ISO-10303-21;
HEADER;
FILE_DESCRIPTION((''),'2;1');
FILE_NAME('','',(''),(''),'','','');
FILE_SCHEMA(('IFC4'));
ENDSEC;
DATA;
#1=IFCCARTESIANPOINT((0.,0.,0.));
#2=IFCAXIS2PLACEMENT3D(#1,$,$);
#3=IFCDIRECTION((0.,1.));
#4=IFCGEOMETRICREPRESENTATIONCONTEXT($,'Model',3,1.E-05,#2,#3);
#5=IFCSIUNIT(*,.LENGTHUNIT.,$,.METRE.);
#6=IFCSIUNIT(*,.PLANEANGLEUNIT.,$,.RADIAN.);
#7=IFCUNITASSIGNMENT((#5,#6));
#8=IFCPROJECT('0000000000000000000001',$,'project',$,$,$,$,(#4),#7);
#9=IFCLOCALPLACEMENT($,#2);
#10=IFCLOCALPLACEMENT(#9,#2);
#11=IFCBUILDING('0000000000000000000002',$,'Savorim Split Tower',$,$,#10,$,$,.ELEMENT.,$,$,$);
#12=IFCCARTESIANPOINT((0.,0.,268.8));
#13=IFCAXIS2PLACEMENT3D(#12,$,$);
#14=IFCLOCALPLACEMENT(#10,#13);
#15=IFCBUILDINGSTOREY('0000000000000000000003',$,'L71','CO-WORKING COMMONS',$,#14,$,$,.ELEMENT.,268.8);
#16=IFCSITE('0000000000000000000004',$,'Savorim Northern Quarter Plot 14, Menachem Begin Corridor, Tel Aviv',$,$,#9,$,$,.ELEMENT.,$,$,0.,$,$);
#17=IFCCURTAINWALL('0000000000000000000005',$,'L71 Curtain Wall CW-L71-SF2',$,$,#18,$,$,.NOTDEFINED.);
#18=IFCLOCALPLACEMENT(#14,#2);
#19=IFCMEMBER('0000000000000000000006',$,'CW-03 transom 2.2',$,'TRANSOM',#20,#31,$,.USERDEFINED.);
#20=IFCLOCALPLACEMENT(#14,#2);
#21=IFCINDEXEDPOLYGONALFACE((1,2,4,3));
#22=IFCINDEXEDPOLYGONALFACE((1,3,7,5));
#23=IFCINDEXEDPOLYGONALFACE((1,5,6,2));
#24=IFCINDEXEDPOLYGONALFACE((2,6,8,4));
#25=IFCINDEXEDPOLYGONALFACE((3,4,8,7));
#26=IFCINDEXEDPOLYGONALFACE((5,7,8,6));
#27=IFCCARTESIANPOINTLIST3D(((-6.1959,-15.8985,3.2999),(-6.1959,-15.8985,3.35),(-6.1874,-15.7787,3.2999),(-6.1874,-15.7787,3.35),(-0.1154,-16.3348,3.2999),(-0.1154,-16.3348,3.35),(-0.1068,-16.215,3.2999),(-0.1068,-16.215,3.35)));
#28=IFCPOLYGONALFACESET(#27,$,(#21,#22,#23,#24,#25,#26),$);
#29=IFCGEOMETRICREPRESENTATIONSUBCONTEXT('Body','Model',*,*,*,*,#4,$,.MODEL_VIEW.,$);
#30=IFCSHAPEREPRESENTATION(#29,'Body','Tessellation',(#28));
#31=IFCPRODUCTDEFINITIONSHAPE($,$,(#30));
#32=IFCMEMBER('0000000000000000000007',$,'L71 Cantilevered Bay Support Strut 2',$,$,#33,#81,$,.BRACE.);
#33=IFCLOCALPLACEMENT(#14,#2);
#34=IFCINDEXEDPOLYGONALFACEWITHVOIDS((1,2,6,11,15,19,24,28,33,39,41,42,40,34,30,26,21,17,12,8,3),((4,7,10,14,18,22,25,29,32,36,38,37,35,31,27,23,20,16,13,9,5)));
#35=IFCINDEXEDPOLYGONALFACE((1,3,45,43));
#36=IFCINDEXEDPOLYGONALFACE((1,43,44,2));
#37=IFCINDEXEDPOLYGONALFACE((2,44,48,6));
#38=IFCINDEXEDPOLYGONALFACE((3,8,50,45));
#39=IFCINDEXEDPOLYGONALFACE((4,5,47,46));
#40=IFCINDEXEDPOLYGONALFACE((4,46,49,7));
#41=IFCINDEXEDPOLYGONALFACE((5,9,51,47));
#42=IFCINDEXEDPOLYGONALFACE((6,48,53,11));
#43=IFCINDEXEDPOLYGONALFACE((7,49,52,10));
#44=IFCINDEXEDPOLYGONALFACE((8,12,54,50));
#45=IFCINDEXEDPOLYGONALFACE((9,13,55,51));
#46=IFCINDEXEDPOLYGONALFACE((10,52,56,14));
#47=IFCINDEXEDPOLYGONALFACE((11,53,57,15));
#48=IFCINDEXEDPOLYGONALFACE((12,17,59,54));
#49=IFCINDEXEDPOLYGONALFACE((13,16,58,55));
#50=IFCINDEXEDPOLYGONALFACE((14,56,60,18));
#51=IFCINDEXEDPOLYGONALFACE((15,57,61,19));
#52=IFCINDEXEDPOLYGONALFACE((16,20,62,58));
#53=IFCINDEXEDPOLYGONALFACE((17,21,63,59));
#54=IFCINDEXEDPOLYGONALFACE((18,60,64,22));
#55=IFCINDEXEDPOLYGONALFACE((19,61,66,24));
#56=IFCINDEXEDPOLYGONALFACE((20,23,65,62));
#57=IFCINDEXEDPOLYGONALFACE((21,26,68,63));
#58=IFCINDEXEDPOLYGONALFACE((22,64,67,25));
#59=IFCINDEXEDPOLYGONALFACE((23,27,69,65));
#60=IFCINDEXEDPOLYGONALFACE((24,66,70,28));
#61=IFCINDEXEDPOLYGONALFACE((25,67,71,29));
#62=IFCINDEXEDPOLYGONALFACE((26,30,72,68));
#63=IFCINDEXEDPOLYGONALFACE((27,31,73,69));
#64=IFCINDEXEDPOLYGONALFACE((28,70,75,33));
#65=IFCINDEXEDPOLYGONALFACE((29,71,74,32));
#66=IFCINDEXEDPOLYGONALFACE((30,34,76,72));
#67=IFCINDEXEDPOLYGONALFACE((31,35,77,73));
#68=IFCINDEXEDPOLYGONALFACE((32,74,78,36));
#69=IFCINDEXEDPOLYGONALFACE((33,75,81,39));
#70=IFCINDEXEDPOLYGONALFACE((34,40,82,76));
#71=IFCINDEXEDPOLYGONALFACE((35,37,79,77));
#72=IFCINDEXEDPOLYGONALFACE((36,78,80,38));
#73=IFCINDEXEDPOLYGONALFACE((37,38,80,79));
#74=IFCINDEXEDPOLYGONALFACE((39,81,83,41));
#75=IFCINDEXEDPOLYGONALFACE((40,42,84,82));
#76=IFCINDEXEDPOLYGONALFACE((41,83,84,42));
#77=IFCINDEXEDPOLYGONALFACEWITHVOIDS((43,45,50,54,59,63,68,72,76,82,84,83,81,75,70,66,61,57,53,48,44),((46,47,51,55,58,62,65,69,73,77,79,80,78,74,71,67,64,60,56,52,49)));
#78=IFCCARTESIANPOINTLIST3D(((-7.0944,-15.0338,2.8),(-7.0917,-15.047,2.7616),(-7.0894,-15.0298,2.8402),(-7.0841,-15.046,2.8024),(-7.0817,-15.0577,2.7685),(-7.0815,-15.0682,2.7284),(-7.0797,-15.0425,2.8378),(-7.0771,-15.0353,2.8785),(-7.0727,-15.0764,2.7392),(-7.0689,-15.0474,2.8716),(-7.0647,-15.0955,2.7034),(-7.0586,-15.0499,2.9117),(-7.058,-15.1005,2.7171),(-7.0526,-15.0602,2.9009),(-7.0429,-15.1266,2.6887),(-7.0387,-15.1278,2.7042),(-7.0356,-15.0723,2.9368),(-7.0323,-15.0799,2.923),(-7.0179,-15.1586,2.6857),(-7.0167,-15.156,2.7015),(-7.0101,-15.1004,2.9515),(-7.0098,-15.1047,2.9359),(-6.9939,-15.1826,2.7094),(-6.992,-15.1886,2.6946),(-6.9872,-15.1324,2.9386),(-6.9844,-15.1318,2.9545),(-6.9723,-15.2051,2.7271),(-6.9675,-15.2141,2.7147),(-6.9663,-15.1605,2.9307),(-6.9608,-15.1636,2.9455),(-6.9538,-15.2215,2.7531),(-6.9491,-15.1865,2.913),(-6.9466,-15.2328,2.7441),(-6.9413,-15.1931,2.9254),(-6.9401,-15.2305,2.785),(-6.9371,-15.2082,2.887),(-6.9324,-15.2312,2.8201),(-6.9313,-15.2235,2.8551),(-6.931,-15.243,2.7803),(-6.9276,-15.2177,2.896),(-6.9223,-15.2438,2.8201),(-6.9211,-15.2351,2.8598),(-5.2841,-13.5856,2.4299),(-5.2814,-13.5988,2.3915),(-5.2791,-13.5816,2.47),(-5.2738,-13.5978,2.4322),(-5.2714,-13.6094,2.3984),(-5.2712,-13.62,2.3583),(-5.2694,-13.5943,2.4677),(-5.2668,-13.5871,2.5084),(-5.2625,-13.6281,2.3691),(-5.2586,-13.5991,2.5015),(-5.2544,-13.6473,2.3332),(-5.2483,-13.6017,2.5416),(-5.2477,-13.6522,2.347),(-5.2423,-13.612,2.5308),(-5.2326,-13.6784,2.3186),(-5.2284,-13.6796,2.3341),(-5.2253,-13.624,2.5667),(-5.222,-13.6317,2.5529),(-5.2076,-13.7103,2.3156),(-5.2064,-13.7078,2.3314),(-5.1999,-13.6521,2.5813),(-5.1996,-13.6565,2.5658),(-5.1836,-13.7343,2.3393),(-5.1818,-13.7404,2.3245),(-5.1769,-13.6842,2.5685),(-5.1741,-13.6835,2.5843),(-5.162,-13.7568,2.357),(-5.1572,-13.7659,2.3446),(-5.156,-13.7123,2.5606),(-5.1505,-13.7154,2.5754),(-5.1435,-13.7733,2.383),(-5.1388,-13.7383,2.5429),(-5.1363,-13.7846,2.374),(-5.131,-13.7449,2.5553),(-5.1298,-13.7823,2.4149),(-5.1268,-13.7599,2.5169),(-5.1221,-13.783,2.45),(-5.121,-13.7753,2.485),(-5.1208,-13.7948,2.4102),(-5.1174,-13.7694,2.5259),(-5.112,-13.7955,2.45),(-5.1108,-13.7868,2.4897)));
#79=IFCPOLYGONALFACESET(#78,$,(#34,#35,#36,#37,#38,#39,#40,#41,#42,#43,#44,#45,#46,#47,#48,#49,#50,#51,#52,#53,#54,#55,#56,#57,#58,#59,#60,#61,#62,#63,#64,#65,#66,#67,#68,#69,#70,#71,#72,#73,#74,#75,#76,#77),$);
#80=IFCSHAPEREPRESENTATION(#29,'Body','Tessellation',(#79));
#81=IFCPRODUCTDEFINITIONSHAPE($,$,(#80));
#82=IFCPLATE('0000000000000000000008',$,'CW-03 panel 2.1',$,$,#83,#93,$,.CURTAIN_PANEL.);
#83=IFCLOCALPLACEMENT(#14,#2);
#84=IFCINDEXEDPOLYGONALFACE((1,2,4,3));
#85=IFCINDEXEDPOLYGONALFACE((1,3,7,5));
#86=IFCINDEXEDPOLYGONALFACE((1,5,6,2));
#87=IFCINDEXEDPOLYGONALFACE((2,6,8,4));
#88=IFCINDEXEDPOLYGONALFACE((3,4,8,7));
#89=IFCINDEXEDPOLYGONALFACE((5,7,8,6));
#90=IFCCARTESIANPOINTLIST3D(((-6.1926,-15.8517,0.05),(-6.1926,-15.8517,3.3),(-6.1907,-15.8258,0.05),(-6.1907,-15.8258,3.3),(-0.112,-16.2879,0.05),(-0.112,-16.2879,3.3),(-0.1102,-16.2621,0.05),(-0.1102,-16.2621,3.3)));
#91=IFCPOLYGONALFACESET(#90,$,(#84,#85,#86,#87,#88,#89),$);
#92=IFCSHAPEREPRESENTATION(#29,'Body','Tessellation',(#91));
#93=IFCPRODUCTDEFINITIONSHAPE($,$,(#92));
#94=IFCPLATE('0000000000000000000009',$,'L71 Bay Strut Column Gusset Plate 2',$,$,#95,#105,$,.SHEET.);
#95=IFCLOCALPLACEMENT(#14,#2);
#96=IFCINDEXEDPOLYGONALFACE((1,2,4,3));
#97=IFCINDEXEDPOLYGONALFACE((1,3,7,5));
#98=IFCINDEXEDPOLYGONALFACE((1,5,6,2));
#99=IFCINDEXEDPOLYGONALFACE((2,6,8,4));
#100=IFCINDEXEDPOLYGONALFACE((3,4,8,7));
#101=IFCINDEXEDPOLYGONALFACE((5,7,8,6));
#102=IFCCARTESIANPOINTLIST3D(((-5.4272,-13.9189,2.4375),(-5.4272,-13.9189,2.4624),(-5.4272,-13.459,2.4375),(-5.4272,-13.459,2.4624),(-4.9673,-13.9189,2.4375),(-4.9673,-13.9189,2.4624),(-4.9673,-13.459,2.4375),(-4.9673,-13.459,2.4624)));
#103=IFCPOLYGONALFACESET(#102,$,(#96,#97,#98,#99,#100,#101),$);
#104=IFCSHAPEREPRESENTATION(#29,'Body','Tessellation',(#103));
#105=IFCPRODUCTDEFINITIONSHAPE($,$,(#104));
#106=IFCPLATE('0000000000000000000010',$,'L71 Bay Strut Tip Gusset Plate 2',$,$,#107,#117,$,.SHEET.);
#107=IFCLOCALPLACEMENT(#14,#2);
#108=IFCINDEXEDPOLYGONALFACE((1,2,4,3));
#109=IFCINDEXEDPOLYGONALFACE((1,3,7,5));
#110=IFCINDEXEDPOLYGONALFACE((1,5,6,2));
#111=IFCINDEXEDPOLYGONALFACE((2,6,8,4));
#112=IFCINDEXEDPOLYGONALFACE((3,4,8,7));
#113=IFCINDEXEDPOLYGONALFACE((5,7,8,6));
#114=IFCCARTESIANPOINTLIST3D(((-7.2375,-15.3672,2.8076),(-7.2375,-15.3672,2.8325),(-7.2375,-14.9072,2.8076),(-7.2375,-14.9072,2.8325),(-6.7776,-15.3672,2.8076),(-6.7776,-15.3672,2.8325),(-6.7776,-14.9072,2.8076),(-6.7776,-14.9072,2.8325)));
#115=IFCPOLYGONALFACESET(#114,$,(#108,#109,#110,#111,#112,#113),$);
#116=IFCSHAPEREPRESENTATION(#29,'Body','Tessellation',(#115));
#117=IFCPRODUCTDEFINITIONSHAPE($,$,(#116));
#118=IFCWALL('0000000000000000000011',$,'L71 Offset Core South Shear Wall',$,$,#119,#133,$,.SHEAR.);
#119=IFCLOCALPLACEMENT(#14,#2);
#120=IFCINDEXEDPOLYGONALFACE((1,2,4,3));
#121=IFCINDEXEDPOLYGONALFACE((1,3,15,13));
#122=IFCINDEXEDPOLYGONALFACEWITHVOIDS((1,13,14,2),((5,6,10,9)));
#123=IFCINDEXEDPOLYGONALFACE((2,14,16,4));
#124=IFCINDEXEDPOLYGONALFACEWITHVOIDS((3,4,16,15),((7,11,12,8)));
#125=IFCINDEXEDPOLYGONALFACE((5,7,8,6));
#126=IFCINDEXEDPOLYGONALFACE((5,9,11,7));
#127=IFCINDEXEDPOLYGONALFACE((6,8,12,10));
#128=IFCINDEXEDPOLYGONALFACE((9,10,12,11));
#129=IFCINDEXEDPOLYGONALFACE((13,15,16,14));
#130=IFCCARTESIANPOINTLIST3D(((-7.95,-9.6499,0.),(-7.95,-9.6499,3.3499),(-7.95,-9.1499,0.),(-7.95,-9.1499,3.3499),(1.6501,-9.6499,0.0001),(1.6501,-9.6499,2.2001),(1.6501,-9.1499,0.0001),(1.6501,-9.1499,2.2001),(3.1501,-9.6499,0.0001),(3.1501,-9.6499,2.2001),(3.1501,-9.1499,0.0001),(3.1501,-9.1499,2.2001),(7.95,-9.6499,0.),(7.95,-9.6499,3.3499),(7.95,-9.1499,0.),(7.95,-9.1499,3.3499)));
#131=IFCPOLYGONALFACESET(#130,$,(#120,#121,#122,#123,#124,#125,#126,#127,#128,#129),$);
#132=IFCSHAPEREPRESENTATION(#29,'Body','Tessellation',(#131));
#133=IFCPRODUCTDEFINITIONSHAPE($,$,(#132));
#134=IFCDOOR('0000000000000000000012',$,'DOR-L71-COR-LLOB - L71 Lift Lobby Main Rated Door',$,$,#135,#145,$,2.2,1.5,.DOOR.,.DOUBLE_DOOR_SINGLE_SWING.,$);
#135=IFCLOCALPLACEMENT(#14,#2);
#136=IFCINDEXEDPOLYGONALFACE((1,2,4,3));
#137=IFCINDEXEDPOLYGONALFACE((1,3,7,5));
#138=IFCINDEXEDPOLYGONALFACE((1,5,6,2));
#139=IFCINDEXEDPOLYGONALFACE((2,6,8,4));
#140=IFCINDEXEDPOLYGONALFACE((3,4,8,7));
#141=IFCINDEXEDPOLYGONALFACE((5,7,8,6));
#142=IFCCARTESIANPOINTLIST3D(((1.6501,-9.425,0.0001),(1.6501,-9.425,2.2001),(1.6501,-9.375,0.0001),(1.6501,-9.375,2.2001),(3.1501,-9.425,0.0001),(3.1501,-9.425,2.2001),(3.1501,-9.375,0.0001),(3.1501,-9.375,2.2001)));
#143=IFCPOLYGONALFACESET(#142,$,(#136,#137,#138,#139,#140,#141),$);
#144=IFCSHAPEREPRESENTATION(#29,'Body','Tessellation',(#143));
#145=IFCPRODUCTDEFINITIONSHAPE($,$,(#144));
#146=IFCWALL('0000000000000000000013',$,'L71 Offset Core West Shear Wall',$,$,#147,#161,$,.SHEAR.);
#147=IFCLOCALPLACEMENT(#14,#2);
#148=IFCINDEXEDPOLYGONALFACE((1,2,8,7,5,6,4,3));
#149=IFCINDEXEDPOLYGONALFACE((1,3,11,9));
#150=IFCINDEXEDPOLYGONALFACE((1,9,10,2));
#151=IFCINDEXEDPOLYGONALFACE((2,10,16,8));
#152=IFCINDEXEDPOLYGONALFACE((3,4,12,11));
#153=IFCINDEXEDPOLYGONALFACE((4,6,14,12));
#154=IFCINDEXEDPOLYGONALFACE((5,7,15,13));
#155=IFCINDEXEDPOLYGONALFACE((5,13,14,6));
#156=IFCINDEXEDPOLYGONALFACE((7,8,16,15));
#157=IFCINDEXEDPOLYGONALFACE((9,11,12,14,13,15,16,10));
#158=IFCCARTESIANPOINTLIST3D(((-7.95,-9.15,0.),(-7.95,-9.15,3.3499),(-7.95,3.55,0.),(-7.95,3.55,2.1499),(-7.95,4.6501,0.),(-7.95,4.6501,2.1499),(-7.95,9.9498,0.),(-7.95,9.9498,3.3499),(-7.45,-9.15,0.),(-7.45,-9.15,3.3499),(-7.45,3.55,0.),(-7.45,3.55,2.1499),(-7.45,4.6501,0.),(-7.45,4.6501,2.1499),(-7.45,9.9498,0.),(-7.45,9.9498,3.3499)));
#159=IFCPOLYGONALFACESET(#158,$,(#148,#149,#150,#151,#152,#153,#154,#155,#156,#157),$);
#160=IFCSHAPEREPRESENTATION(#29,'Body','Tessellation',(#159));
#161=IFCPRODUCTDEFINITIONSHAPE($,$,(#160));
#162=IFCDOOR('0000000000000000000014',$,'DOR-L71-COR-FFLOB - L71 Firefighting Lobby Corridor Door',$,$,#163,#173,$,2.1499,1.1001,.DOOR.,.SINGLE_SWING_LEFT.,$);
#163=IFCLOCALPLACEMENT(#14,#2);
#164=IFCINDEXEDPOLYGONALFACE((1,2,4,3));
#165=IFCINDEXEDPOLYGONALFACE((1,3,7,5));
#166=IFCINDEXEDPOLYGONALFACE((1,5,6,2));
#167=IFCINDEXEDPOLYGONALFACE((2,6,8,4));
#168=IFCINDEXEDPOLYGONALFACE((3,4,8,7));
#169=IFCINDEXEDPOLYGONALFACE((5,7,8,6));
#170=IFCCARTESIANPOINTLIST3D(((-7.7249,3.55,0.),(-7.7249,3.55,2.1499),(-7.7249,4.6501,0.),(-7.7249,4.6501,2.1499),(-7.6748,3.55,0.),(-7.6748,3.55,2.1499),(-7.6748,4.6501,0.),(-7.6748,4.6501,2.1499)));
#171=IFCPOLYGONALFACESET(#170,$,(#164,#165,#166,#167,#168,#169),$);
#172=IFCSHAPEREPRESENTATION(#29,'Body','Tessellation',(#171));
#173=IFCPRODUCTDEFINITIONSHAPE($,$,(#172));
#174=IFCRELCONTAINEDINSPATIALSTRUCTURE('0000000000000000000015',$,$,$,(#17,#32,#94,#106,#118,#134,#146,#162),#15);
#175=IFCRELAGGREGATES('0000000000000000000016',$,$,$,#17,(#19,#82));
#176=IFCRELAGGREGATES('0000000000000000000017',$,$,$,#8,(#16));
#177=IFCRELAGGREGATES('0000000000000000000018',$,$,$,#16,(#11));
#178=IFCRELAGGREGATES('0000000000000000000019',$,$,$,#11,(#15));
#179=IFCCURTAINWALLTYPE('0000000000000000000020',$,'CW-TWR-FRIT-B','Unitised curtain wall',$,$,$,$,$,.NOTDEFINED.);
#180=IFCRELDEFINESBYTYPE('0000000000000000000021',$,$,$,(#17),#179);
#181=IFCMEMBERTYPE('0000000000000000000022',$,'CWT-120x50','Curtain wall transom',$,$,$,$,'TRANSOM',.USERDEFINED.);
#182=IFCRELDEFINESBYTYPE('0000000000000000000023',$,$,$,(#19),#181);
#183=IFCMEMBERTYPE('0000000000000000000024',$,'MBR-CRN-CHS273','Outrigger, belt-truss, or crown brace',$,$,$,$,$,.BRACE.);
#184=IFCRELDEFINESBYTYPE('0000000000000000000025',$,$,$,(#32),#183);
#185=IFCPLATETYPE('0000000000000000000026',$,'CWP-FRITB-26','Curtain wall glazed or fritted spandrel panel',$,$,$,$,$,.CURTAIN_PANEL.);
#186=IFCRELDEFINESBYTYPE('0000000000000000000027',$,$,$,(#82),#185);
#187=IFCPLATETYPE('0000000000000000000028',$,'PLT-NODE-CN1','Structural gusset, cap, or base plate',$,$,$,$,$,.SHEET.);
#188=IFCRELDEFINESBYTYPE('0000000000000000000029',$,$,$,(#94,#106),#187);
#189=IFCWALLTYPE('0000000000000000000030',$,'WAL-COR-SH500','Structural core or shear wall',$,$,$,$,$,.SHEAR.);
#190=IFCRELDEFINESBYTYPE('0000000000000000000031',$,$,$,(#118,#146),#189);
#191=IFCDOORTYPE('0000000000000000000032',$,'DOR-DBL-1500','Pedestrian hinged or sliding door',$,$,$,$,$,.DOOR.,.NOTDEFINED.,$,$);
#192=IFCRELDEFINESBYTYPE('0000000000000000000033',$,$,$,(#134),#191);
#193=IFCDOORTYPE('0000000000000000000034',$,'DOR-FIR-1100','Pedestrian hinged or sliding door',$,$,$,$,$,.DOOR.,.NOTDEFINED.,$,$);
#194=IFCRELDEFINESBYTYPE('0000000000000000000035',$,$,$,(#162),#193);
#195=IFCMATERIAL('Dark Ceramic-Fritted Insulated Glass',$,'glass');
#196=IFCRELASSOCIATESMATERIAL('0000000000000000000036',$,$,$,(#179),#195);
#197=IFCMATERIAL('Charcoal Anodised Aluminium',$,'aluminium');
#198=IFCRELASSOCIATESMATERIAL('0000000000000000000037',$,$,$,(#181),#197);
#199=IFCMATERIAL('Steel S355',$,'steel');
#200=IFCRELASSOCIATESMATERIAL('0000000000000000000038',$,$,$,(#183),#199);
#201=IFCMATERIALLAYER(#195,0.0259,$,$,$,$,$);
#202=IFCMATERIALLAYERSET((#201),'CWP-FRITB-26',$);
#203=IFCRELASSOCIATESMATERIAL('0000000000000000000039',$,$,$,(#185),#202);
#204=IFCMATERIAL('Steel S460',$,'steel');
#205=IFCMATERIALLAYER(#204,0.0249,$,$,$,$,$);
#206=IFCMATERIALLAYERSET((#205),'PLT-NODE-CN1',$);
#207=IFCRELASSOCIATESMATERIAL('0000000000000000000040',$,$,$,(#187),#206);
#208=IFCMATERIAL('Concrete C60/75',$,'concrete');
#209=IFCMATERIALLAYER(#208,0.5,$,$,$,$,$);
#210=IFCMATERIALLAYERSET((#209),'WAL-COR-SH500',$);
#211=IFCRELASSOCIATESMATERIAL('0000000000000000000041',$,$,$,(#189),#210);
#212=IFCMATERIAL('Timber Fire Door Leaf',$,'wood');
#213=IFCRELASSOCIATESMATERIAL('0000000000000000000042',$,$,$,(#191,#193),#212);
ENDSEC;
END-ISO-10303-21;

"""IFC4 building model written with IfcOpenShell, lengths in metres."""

from ifc_helpers import new_model, si_unit, direction, frame, frame_2d, origin, origin_2d, place, context, subcontext, project, spatial, rectangle, hollow_circle, extrude, material, layer, layer_set, material_profile, profile_set, type_object, element, fill, aggregate, save


model = new_model("IFC4")

# Units and contexts
model_context = context("Model", 3, precision=1e-05, world=origin(), true_north=direction((0.0, 1.0)))
body_context = subcontext(model_context, "Body", "Model", "MODEL_VIEW")
ifc_project = project(units=[si_unit("LENGTHUNIT", "METRE"), si_unit("PLANEANGLEUNIT", "RADIAN")], contexts=[model_context])

# Site, building, storey
site_placement = place(None, origin())
site = spatial("IfcSite", under=ifc_project, at=site_placement, Name="Savorim Northern Quarter Plot 14, Menachem Begin Corridor, Tel Aviv", CompositionType="ELEMENT", RefElevation=0.0)
building_placement = place(site_placement, origin())
building = spatial("IfcBuilding", under=site, at=building_placement, Name="Savorim Split Tower", CompositionType="ELEMENT")
storey_placement = place(building_placement, frame((0.0, 0.0, 268.8)))
storey = spatial("IfcBuildingStorey", under=building, at=storey_placement, Name="L71", Description="CO-WORKING COMMONS", CompositionType="ELEMENT", Elevation=268.8)

# Shared definitions
ifc_material_1 = material(Name="Steel S355", Category="steel")

# Curtain wall, member
ifc_material_2 = material(Name="Dark Ceramic-Fritted Insulated Glass", Category="glass")
curtain_wall_type = type_object("IfcCurtainWallType", Name="CW-TWR-FRIT-B", Description="Unitised curtain wall", PredefinedType="NOTDEFINED", material=ifc_material_2)
curtain_wall_placement = place(storey_placement, origin())
curtain_wall = element("IfcCurtainWall", 1, at=curtain_wall_placement, inside=storey, type_object=curtain_wall_type, Name="L71 Curtain Wall CW-L71-SF2", PredefinedType="NOTDEFINED")
ifc_material_3 = material(Name="Charcoal Anodised Aluminium", Category="aluminium")
ifc_material_profile_1 = material_profile(ifc_material_3, rectangle(XDim=0.1201, YDim=0.05, at=origin_2d()), Name="ALU-T 120x50")
ifc_profile_set_1 = profile_set([ifc_material_profile_1], Name="Charcoal Anodised Aluminium")
member_type_1 = type_object("IfcMemberType", Name="CWT-120x50", Description="Curtain wall transom", ElementType="TRANSOM", PredefinedType="USERDEFINED", material=ifc_profile_set_1)
member_1_placement = place(storey_placement, frame((-6.1917, -15.8386, 3.325), z_axis=(0.997436, -0.071566, 0.0), x_axis=(0.071566, 0.997436, 0.0)))
member_1 = element("IfcMember", 2, at=member_1_placement, type_object=member_type_1, Name="CW-03 transom 2.2", ObjectType="TRANSOM", PredefinedType="USERDEFINED", context=body_context, shape_type="SweptSolid", body=[
    extrude(rectangle(XDim=0.1201, YDim=0.05, at=origin_2d()), origin(), (0.0, 0.0, 1.0), 6.0962),
])

# Member
ifc_material_profile_2 = material_profile(ifc_material_1, hollow_circle(Radius=0.1365, WallThickness=0.0161, at=origin_2d()), Name="CHS 273x16")
ifc_profile_set_2 = profile_set([ifc_material_profile_2], Name="Steel S355")
member_type_2 = type_object("IfcMemberType", Name="MBR-CRN-CHS273", Description="Outrigger, belt-truss, or crown brace", PredefinedType="BRACE", material=ifc_profile_set_2)
member_2_placement = place(storey_placement, frame((-5.1973, -13.689, 2.45), z_axis=(-0.771104, -0.616883, 0.157653), x_axis=(0.624695, -0.780869, 0.0)))
element("IfcMember", 3, at=member_2_placement, inside=storey, type_object=member_type_2, Name="L71 Cantilevered Bay Support Strut 2", PredefinedType="BRACE", context=body_context, shape_type="SweptSolid", body=[
    extrude(hollow_circle(Radius=0.1365, WallThickness=0.0161, at=origin_2d()), origin(), (0.0, 0.0, 1.0), 2.3477),
])

# Plate
ifc_layer_1 = layer(ifc_material_2, 0.0259)
ifc_layer_set_1 = layer_set([ifc_layer_1], Name="CWP-FRITB-26")
plate_type_1 = type_object("IfcPlateType", Name="CWP-FRITB-26", Description="Curtain wall glazed or fritted spandrel panel", PredefinedType="CURTAIN_PANEL", material=ifc_layer_set_1)
plate_placement = place(storey_placement, frame((-3.1514, -16.0569, 0.05), z_axis=(0.0, 0.0, 1.0), x_axis=(0.997436, -0.071562, 0.0)))
plate = element("IfcPlate", 4, at=plate_placement, type_object=plate_type_1, Name="CW-03 panel 2.1", PredefinedType="CURTAIN_PANEL", context=body_context, shape_type="SweptSolid", body=[
    extrude(rectangle(XDim=6.0962, YDim=0.0259, at=origin_2d()), origin(), (0.0, 0.0, 1.0), 3.25),
])
aggregate(curtain_wall, [member_1, plate])

# Plates
ifc_material_4 = material(Name="Steel S460", Category="steel")
ifc_layer_2 = layer(ifc_material_4, 0.0249)
ifc_layer_set_2 = layer_set([ifc_layer_2], Name="PLT-NODE-CN1")
plate_type_2 = type_object("IfcPlateType", Name="PLT-NODE-CN1", Description="Structural gusset, cap, or base plate", PredefinedType="SHEET", material=ifc_layer_set_2)
for number, where, z_axis, x_axis, name in (
    (5, (-5.1973, -13.689, 2.4375), (0.0, 0.0, 1.0), (1.0, 0.0, 0.0), "L71 Bay Strut Column Gusset Plate 2"),
    (6, (-7.0076, -15.1372, 2.8076), (0.0, 0.0, 1.0), (1.0, 0.0, 0.0), "L71 Bay Strut Tip Gusset Plate 2"),
):
    element("IfcPlate", number, at=place(storey_placement, frame(where, z_axis=z_axis, x_axis=x_axis)), inside=storey, type_object=plate_type_2, Name=name, PredefinedType="SHEET", context=body_context, shape_type="SweptSolid", body=[
        extrude(rectangle(XDim=0.46, YDim=0.46, at=origin_2d()), origin(), (0.0, 0.0, 1.0), 0.0249),
    ])

# Walls, openings, doors
ifc_material_5 = material(Name="Concrete C60/75", Category="concrete")
ifc_layer_3 = layer(ifc_material_5, 0.5)
ifc_layer_set_3 = layer_set([ifc_layer_3], Name="WAL-COR-SH500")
wall_type_1 = type_object("IfcWallType", Name="WAL-COR-SH500", Description="Structural core or shear wall", PredefinedType="SHEAR", material=ifc_layer_set_3)
wall_1_placement = place(storey_placement, frame((-7.95, -9.3999, 0.0), z_axis=(0.0, 0.0, 1.0), x_axis=(1.0, 0.0, 0.0)))
wall_1 = element("IfcWall", 7, at=wall_1_placement, inside=storey, type_object=wall_type_1, Name="L71 Offset Core South Shear Wall", PredefinedType="SHEAR", context=body_context, shape_type="SweptSolid", body=[
    extrude(rectangle(XDim=15.8999, YDim=0.5, at=frame_2d((7.95, 0.0))), origin(), (0.0, 0.0, 1.0), 3.3499),
])
opening_1_placement = place(wall_1_placement, frame((9.6001, 0.0, 0.0)))
opening_1 = element("IfcOpeningElement", 8, at=opening_1_placement, cuts=wall_1, PredefinedType="OPENING", context=body_context, shape_type="SweptSolid", body=[
    extrude(rectangle(XDim=1.5, YDim=2.2, at=frame_2d((0.75, 1.1001))), frame((0.0, 0.26, 0.0), z_axis=(0.0, -1.0, 0.0), x_axis=(1.0, 0.0, 0.0)), (0.0, 0.0, 1.0), 0.52),
])
ifc_material_6 = material(Name="Timber Fire Door Leaf", Category="wood")
door_type_1 = type_object("IfcDoorType", Name="DOR-DBL-1500", Description="Pedestrian hinged or sliding door", OperationType="NOTDEFINED", PredefinedType="DOOR", material=ifc_material_6)
door_1_placement = place(opening_1_placement, origin())
door_1 = element("IfcDoor", 9, at=door_1_placement, inside=storey, type_object=door_type_1, Name="DOR-L71-COR-LLOB - L71 Lift Lobby Main Rated Door", OperationType="DOUBLE_DOOR_SINGLE_SWING", OverallHeight=2.2, OverallWidth=1.5, PredefinedType="DOOR", context=body_context, shape_type="SweptSolid", body=[
    extrude(rectangle(XDim=1.5, YDim=2.2, at=frame_2d((0.75, 1.1001))), frame((0.0, 0.0249, 0.0), z_axis=(0.0, -1.0, 0.0), x_axis=(1.0, 0.0, 0.0)), (0.0, 0.0, 1.0), 0.05),
])
fill(opening_1, door_1)
wall_2_placement = place(storey_placement, frame((-7.7, -9.1499, 0.0), z_axis=(0.0, 0.0, 1.0), x_axis=(0.0, 1.0, 0.0)))
wall_2 = element("IfcWall", 10, at=wall_2_placement, inside=storey, type_object=wall_type_1, Name="L71 Offset Core West Shear Wall", PredefinedType="SHEAR", context=body_context, shape_type="SweptSolid", body=[
    extrude(rectangle(XDim=19.0999, YDim=0.5, at=frame_2d((9.5498, 0.0))), origin(), (0.0, 0.0, 1.0), 3.3499),
])
opening_2_placement = place(wall_2_placement, frame((12.7, 0.0, 0.0)))
opening_2 = element("IfcOpeningElement", 11, at=opening_2_placement, cuts=wall_2, PredefinedType="OPENING", context=body_context, shape_type="SweptSolid", body=[
    extrude(rectangle(XDim=1.1001, YDim=2.1499, at=frame_2d((0.55, 1.075))), frame((0.0, 0.26, 0.0), z_axis=(0.0, -1.0, 0.0), x_axis=(1.0, 0.0, 0.0)), (0.0, 0.0, 1.0), 0.52),
])
door_type_2 = type_object("IfcDoorType", Name="DOR-FIR-1100", Description="Pedestrian hinged or sliding door", OperationType="NOTDEFINED", PredefinedType="DOOR", material=ifc_material_6)
door_2_placement = place(opening_2_placement, origin())
door_2 = element("IfcDoor", 12, at=door_2_placement, inside=storey, type_object=door_type_2, Name="DOR-L71-COR-FFLOB - L71 Firefighting Lobby Corridor Door", OperationType="SINGLE_SWING_LEFT", OverallHeight=2.1499, OverallWidth=1.1001, PredefinedType="DOOR", context=body_context, shape_type="SweptSolid", body=[
    extrude(rectangle(XDim=1.1001, YDim=2.1499, at=frame_2d((0.55, 1.075))), frame((0.0, 0.0249, 0.0), z_axis=(0.0, -1.0, 0.0), x_axis=(1.0, 0.0, 0.0)), (0.0, 0.0, 1.0), 0.05),
])
fill(opening_2, door_2)

save(model, "model.ifc")
